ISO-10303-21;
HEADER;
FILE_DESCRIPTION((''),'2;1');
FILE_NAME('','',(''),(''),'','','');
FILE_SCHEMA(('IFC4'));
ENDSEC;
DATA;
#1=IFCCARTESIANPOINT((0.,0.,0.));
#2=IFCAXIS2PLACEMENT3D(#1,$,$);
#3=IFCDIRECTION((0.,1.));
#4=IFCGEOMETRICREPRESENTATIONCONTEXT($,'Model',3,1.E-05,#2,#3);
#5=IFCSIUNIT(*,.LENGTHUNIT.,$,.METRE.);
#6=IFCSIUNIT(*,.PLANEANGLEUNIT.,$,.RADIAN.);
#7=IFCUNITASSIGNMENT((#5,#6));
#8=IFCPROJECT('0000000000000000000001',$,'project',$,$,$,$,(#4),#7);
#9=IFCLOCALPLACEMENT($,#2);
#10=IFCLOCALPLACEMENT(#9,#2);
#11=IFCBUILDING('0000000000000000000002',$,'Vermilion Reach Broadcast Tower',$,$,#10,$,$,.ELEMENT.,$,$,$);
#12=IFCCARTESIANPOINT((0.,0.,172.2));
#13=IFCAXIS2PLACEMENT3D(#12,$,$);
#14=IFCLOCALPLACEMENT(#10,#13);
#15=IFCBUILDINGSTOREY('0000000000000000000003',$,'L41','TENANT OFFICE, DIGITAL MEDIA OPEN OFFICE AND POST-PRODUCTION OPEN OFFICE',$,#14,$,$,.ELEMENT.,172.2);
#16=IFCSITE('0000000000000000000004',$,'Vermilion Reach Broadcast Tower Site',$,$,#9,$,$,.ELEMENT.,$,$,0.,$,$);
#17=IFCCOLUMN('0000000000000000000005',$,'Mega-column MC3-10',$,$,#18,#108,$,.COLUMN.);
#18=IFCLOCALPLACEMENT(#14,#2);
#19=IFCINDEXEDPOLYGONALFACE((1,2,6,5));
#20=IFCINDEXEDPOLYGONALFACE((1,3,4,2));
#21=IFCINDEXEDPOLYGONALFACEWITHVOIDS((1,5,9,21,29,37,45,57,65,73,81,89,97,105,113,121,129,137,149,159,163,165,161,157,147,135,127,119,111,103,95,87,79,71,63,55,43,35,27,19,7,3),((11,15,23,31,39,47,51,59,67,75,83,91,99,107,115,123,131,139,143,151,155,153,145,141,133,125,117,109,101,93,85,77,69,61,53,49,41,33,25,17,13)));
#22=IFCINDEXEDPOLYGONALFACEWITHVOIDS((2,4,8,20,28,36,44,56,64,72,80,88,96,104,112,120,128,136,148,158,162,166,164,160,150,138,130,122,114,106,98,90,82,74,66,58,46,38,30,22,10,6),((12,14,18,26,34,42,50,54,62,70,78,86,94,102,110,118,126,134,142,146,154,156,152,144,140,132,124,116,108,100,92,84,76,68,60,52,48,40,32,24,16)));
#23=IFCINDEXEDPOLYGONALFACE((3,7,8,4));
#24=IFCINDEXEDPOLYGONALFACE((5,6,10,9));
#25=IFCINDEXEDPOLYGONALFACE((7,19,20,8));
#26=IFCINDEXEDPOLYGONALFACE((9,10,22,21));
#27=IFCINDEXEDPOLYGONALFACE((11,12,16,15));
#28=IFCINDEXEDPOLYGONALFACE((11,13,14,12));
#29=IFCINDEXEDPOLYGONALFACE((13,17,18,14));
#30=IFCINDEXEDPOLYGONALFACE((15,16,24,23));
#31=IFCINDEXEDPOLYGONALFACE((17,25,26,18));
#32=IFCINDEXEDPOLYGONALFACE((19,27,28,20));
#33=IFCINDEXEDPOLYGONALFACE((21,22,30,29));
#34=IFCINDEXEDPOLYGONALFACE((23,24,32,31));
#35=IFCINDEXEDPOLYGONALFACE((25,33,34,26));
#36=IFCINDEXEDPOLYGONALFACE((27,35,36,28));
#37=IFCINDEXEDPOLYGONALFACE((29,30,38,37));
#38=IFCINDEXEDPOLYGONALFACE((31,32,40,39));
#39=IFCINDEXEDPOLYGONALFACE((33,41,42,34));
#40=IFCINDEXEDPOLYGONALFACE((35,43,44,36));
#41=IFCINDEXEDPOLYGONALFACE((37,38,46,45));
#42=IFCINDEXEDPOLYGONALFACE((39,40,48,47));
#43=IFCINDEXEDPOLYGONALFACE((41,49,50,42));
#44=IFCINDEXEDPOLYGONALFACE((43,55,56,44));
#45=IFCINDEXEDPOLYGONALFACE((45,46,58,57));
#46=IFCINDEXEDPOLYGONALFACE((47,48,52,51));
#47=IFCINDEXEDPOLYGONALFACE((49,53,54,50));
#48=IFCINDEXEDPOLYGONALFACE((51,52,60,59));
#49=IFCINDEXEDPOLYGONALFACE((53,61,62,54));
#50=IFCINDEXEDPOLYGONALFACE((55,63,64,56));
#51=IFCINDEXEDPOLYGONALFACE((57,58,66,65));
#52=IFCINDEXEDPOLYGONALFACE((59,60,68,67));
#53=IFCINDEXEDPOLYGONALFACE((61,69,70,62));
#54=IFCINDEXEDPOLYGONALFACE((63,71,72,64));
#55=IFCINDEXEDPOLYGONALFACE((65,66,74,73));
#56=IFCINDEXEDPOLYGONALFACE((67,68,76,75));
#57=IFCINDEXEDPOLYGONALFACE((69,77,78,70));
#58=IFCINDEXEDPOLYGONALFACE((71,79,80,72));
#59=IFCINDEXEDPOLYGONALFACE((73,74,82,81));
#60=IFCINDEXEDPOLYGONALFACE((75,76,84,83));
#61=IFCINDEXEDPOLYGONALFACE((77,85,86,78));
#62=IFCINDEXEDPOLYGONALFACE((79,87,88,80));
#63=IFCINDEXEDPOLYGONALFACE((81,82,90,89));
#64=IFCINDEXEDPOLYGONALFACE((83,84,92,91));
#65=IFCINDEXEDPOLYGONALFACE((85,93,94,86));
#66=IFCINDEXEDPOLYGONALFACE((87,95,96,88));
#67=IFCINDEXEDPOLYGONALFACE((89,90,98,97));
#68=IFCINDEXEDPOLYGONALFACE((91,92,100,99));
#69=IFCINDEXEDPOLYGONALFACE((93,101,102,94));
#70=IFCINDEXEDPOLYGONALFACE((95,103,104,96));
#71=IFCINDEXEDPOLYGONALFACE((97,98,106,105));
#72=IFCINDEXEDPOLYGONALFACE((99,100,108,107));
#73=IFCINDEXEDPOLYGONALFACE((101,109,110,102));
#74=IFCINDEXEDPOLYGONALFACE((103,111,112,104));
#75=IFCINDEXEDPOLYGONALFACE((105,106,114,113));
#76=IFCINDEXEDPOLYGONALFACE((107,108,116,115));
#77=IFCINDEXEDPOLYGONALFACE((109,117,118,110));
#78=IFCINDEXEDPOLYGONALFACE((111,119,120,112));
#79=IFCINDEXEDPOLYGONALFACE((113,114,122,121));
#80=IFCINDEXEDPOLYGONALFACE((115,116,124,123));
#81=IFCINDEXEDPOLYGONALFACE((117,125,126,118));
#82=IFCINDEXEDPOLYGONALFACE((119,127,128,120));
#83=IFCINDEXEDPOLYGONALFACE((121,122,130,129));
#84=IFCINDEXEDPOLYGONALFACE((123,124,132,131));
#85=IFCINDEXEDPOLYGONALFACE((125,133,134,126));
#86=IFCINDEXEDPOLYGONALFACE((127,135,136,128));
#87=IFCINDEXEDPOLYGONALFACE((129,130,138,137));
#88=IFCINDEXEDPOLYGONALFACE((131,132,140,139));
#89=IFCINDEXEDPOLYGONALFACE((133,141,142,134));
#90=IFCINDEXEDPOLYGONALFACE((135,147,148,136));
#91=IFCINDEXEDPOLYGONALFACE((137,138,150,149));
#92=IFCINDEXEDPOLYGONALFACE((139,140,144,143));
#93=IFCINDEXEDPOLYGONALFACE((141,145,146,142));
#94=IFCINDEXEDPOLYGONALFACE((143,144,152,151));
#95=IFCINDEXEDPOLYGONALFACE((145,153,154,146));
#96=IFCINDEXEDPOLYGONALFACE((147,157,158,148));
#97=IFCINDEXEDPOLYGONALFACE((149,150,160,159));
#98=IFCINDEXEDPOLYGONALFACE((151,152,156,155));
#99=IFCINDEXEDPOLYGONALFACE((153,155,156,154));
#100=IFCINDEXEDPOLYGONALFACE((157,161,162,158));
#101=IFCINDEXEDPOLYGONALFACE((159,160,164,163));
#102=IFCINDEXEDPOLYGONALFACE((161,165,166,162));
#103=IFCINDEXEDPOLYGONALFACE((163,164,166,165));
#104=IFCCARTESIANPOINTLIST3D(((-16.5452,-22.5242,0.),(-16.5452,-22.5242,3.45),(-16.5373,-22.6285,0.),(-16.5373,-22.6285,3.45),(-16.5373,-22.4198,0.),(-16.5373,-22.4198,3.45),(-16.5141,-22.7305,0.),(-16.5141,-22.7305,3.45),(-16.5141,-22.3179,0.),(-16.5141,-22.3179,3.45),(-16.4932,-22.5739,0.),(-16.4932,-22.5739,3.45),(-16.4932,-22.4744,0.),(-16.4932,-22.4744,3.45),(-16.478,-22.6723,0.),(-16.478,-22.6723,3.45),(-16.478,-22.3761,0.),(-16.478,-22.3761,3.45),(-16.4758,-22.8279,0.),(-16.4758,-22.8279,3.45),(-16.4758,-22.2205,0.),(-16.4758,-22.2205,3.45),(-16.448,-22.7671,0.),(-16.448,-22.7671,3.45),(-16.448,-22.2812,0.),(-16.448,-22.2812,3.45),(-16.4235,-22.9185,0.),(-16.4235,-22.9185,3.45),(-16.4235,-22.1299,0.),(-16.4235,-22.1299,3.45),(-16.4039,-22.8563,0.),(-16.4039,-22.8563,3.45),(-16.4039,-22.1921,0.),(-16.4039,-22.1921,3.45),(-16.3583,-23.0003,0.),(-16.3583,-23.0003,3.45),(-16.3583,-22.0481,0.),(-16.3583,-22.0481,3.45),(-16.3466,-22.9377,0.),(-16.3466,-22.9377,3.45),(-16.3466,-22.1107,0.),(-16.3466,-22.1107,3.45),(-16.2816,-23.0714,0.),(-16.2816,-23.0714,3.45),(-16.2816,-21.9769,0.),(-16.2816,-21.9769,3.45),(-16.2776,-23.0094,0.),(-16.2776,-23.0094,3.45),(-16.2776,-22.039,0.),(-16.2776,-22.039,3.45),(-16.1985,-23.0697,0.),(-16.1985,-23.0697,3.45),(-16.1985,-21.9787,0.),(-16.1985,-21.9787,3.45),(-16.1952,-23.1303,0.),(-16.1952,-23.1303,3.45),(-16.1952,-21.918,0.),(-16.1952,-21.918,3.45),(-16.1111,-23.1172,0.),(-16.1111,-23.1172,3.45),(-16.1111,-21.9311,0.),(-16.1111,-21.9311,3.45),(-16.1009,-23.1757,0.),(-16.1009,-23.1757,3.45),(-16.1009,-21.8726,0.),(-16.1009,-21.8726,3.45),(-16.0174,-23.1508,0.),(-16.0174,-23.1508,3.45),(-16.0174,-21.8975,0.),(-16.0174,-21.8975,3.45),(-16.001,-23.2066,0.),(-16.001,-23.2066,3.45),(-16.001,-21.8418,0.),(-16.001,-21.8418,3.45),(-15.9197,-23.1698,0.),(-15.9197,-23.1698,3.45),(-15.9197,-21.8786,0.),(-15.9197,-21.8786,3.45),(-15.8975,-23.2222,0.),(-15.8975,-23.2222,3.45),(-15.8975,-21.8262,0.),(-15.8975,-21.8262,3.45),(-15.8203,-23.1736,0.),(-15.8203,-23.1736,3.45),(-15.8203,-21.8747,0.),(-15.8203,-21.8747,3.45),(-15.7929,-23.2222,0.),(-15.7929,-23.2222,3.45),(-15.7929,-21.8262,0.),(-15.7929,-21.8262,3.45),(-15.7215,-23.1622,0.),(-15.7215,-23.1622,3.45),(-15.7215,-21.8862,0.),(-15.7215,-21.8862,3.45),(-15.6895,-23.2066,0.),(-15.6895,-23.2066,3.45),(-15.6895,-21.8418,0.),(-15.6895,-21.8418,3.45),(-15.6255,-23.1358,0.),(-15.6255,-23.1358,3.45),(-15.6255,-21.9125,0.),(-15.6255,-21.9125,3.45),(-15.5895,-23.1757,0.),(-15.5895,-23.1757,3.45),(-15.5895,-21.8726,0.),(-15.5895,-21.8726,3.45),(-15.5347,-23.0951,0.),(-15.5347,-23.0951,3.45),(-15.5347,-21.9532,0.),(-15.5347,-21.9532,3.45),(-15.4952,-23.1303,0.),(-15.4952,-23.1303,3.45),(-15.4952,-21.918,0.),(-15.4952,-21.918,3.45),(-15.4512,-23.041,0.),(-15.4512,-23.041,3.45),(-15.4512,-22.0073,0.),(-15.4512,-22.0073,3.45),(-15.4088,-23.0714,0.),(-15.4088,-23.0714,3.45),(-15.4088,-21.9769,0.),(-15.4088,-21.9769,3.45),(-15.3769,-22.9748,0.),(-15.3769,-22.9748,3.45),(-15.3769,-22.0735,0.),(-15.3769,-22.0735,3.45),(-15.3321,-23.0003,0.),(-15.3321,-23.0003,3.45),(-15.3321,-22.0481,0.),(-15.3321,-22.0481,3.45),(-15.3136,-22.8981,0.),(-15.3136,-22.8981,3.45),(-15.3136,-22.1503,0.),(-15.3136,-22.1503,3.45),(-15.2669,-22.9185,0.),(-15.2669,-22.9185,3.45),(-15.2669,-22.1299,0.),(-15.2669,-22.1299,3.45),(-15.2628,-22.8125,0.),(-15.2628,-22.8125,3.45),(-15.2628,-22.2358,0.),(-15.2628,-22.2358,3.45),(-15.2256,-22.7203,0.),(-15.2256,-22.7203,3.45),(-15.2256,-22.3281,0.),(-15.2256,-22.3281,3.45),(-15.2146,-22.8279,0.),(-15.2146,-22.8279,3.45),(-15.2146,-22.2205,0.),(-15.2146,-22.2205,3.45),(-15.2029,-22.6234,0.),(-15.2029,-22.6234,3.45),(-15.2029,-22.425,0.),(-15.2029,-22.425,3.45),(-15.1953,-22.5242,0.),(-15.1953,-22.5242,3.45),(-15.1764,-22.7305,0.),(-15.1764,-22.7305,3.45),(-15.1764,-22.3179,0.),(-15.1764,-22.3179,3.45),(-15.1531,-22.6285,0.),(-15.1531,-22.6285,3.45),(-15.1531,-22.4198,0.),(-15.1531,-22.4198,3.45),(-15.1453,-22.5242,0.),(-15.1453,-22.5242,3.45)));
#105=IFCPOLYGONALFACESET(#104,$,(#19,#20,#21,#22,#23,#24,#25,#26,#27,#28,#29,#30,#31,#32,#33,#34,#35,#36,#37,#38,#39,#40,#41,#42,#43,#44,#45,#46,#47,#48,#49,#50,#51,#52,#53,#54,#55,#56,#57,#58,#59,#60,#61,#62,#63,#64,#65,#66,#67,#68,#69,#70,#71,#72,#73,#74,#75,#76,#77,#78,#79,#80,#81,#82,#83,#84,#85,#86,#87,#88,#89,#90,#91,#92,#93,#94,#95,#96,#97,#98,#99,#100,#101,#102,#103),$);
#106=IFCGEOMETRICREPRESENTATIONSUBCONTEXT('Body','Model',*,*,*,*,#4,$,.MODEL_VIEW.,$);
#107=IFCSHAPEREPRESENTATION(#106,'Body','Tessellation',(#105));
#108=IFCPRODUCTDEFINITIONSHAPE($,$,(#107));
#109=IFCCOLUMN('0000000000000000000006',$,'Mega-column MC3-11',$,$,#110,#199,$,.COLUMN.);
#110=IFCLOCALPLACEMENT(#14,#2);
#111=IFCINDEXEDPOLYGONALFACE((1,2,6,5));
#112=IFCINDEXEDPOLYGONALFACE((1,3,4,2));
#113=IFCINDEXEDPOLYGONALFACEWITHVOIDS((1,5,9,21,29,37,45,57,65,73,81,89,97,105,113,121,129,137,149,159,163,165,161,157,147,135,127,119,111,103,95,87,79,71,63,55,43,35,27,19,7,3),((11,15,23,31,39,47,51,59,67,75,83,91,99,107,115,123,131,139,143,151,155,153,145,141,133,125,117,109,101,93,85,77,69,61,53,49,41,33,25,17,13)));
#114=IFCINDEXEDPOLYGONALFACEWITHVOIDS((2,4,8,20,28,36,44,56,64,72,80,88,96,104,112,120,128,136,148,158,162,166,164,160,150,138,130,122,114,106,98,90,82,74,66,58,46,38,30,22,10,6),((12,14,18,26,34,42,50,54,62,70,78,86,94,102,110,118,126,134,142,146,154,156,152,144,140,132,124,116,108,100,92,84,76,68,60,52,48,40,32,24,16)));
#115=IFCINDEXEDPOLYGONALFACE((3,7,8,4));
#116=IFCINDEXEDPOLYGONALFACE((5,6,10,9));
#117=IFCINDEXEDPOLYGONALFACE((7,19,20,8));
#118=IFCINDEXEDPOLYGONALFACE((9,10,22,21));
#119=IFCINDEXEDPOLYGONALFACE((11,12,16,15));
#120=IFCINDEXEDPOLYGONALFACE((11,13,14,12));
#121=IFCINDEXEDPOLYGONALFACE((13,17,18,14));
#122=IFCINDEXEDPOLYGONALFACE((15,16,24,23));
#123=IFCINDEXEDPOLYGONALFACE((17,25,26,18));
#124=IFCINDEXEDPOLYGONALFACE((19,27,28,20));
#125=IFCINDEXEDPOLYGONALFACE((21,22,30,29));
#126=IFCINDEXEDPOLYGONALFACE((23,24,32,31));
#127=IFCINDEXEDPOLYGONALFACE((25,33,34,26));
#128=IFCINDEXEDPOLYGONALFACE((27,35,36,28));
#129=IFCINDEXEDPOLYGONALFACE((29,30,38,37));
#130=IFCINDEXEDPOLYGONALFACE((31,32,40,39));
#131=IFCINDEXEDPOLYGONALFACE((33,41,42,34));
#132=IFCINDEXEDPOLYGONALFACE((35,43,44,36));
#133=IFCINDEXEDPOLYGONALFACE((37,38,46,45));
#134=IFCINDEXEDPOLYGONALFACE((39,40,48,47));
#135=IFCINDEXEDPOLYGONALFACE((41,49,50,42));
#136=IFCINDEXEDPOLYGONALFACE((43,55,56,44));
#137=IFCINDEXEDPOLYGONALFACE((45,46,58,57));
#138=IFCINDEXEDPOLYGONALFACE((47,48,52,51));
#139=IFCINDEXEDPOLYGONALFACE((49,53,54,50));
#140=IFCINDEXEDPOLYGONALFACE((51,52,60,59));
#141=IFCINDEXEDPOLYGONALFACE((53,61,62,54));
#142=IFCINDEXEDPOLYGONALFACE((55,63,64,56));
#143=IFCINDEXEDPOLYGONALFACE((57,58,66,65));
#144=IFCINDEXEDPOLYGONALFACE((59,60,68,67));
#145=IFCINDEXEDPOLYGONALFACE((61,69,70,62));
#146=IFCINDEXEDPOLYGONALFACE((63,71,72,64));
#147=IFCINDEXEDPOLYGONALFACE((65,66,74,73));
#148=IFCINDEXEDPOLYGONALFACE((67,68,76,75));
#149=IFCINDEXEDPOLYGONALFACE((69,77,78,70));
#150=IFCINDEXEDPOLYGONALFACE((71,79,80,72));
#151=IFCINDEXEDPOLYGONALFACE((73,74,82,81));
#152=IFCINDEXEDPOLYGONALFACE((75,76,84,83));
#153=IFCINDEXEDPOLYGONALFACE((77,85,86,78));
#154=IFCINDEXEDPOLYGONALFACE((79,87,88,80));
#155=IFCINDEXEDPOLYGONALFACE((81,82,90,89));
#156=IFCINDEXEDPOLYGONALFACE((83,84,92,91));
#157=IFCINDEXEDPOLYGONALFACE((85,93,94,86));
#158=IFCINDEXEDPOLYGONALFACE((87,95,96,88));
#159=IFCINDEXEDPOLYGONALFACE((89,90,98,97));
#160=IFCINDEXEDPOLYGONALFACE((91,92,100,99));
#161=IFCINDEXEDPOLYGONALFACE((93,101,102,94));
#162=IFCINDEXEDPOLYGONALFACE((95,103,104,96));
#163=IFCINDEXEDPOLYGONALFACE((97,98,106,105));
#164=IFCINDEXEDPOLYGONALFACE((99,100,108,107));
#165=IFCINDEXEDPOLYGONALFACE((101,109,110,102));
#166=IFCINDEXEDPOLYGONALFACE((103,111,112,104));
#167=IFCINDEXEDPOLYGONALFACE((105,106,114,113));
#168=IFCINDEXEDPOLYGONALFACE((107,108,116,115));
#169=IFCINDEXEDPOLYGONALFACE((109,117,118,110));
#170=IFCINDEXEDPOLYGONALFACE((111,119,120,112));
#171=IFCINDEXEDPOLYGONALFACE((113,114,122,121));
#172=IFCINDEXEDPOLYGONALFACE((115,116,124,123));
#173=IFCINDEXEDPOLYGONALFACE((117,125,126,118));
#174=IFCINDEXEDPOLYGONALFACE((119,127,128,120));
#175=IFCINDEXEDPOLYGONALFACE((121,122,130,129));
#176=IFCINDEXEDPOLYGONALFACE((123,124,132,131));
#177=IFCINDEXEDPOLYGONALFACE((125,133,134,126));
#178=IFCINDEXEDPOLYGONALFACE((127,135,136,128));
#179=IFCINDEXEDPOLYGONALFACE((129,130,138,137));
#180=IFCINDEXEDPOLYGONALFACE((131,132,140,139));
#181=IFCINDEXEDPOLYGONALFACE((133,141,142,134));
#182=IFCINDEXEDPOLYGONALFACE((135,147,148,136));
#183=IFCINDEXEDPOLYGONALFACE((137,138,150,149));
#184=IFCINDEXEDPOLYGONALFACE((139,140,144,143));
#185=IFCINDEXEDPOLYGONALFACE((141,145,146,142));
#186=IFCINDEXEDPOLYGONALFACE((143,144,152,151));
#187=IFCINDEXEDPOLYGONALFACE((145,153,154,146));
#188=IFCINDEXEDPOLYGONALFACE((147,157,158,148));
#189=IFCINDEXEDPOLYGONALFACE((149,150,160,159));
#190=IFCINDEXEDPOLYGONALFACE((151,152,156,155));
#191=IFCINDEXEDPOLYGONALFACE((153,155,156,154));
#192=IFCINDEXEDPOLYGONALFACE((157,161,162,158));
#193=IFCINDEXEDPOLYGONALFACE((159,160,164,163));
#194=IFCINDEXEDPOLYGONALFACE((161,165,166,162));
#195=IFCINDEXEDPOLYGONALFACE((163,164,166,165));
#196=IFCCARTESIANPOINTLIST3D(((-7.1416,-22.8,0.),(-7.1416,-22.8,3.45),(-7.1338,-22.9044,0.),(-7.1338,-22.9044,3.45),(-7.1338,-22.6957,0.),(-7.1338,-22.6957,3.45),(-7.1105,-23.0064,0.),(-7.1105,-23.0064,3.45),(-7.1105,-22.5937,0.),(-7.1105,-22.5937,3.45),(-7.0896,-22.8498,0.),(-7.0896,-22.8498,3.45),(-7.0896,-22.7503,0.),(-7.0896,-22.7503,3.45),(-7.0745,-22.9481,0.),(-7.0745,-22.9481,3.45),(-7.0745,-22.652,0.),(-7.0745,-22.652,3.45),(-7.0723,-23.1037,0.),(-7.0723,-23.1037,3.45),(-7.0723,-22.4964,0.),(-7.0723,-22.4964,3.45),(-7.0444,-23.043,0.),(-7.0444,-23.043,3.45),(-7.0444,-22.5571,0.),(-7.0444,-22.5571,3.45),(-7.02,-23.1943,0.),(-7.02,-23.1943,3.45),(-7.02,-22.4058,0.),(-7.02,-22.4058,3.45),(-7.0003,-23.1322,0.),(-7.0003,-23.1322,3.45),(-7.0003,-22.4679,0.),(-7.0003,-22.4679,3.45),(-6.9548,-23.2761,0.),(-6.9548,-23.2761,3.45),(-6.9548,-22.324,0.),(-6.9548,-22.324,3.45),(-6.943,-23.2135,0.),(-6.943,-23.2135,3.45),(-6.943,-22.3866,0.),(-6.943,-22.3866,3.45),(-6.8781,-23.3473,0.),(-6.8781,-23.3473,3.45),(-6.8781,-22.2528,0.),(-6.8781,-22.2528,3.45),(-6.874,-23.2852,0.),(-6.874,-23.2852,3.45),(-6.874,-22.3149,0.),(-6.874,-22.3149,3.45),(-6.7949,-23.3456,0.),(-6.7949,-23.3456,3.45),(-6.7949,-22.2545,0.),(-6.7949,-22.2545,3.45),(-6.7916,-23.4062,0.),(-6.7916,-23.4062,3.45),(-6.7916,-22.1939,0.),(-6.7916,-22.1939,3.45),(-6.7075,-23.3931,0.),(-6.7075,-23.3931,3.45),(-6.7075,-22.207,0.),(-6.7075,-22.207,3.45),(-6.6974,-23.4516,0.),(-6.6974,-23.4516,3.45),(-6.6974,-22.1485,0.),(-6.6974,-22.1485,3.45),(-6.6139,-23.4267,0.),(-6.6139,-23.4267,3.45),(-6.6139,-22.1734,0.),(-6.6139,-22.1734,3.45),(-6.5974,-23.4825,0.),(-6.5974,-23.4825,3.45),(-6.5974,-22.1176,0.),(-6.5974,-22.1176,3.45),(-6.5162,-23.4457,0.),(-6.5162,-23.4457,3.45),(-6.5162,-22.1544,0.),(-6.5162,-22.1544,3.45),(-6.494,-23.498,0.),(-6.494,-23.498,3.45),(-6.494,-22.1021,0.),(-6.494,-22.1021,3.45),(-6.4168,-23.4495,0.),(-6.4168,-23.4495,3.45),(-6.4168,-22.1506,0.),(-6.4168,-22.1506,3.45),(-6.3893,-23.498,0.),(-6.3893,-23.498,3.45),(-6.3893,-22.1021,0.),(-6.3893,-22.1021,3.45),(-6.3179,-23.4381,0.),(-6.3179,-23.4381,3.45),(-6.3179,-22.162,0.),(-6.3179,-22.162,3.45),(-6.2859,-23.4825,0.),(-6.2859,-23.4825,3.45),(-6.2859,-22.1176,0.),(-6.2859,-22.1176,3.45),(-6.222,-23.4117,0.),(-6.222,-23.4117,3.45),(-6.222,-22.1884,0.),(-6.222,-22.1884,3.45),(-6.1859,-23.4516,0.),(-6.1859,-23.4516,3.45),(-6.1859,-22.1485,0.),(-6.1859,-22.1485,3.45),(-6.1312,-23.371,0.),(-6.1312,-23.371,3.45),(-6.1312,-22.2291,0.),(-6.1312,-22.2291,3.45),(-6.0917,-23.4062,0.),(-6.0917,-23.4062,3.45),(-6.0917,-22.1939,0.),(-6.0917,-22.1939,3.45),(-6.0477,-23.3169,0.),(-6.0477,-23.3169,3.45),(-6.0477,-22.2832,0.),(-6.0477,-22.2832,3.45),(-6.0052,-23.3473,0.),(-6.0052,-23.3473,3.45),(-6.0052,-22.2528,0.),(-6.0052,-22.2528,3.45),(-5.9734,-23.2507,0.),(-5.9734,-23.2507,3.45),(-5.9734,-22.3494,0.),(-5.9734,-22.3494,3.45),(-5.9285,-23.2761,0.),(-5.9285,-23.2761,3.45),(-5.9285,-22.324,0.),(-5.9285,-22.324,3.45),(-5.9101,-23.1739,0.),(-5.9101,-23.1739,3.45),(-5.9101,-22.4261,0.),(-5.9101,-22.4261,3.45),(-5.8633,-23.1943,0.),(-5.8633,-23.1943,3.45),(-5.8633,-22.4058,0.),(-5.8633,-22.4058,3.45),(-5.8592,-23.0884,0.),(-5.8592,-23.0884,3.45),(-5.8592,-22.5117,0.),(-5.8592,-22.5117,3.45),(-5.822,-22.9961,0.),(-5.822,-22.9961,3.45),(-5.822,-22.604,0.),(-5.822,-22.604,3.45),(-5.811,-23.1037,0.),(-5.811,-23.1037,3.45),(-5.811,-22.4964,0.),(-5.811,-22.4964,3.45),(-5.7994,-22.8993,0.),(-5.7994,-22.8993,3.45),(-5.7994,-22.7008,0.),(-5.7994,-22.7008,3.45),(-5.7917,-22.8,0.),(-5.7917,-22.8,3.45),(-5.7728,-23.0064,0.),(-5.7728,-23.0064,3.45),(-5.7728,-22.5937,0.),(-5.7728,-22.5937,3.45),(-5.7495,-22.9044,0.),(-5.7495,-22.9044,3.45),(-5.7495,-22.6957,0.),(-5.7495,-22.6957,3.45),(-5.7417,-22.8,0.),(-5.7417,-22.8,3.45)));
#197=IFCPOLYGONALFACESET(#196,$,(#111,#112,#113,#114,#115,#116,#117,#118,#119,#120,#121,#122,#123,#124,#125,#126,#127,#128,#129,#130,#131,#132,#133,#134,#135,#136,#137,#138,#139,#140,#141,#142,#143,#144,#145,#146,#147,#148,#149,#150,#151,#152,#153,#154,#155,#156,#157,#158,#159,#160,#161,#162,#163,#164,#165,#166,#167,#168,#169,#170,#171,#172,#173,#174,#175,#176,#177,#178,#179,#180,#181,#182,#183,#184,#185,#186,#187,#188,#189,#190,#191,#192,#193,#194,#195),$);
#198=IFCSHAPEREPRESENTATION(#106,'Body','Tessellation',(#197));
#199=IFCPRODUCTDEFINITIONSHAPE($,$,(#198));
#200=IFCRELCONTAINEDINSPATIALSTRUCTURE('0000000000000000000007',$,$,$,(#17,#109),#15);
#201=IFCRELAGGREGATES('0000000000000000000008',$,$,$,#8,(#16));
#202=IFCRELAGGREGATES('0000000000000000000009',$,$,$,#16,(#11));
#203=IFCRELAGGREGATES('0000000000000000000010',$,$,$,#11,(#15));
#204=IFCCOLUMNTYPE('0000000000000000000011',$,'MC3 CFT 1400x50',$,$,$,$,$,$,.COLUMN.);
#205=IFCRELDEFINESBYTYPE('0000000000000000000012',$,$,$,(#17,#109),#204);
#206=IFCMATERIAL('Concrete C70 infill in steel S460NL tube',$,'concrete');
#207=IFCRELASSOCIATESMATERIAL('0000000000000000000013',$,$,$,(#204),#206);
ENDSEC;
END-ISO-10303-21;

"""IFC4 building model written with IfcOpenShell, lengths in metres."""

from ifc_helpers import new_model, si_unit, direction, frame, origin, origin_2d, place, context, subcontext, project, spatial, hollow_circle, extrude, material, material_profile, profile_set, type_object, element, save


model = new_model("IFC4")

# Units and contexts
model_context = context("Model", 3, precision=1e-05, world=origin(), true_north=direction((0.0, 1.0)))
body_context = subcontext(model_context, "Body", "Model", "MODEL_VIEW")
ifc_project = project(units=[si_unit("LENGTHUNIT", "METRE"), si_unit("PLANEANGLEUNIT", "RADIAN")], contexts=[model_context])

# Site, building, storey
site_placement = place(None, origin())
site = spatial("IfcSite", under=ifc_project, at=site_placement, Name="Vermilion Reach Broadcast Tower Site", CompositionType="ELEMENT", RefElevation=0.0)
building_placement = place(site_placement, origin())
building = spatial("IfcBuilding", under=site, at=building_placement, Name="Vermilion Reach Broadcast Tower", CompositionType="ELEMENT")
storey_placement = place(building_placement, frame((0.0, 0.0, 172.2)))
storey = spatial("IfcBuildingStorey", under=building, at=storey_placement, Name="L41", Description="TENANT OFFICE, DIGITAL MEDIA OPEN OFFICE AND POST-PRODUCTION OPEN OFFICE", CompositionType="ELEMENT", Elevation=172.2)

# Columns
ifc_material_1 = material(Name="Concrete C70 infill in steel S460NL tube", Category="concrete")
ifc_material_profile_1 = material_profile(ifc_material_1, hollow_circle(Radius=0.7, WallThickness=0.05, at=origin_2d()), Name="Concrete C70 infill in steel S460NL tube CFT 1400x50")
ifc_profile_set_1 = profile_set([ifc_material_profile_1], Name="Concrete C70 infill in steel S460NL tube")
column_type = type_object("IfcColumnType", Name="MC3 CFT 1400x50", PredefinedType="COLUMN", material=ifc_profile_set_1)
for number, where, z_axis, x_axis, name in (
    (1, (-15.8452, -22.5242, 0.0), (0.0, 0.0, 1.0), (1.0, 0.0, 0.0), "Mega-column MC3-10"),
    (2, (-6.4417, -22.8, 0.0), (0.0, 0.0, 1.0), (1.0, 0.0, 0.0), "Mega-column MC3-11"),
):
    element("IfcColumn", number, at=place(storey_placement, frame(where, z_axis=z_axis, x_axis=x_axis)), inside=storey, type_object=column_type, Name=name, PredefinedType="COLUMN", context=body_context, shape_type="SweptSolid", body=[
        extrude(hollow_circle(Radius=0.7, WallThickness=0.05, at=origin_2d()), origin(), (0.0, 0.0, 1.0), 3.45),
    ])

save(model, "model.ifc")
